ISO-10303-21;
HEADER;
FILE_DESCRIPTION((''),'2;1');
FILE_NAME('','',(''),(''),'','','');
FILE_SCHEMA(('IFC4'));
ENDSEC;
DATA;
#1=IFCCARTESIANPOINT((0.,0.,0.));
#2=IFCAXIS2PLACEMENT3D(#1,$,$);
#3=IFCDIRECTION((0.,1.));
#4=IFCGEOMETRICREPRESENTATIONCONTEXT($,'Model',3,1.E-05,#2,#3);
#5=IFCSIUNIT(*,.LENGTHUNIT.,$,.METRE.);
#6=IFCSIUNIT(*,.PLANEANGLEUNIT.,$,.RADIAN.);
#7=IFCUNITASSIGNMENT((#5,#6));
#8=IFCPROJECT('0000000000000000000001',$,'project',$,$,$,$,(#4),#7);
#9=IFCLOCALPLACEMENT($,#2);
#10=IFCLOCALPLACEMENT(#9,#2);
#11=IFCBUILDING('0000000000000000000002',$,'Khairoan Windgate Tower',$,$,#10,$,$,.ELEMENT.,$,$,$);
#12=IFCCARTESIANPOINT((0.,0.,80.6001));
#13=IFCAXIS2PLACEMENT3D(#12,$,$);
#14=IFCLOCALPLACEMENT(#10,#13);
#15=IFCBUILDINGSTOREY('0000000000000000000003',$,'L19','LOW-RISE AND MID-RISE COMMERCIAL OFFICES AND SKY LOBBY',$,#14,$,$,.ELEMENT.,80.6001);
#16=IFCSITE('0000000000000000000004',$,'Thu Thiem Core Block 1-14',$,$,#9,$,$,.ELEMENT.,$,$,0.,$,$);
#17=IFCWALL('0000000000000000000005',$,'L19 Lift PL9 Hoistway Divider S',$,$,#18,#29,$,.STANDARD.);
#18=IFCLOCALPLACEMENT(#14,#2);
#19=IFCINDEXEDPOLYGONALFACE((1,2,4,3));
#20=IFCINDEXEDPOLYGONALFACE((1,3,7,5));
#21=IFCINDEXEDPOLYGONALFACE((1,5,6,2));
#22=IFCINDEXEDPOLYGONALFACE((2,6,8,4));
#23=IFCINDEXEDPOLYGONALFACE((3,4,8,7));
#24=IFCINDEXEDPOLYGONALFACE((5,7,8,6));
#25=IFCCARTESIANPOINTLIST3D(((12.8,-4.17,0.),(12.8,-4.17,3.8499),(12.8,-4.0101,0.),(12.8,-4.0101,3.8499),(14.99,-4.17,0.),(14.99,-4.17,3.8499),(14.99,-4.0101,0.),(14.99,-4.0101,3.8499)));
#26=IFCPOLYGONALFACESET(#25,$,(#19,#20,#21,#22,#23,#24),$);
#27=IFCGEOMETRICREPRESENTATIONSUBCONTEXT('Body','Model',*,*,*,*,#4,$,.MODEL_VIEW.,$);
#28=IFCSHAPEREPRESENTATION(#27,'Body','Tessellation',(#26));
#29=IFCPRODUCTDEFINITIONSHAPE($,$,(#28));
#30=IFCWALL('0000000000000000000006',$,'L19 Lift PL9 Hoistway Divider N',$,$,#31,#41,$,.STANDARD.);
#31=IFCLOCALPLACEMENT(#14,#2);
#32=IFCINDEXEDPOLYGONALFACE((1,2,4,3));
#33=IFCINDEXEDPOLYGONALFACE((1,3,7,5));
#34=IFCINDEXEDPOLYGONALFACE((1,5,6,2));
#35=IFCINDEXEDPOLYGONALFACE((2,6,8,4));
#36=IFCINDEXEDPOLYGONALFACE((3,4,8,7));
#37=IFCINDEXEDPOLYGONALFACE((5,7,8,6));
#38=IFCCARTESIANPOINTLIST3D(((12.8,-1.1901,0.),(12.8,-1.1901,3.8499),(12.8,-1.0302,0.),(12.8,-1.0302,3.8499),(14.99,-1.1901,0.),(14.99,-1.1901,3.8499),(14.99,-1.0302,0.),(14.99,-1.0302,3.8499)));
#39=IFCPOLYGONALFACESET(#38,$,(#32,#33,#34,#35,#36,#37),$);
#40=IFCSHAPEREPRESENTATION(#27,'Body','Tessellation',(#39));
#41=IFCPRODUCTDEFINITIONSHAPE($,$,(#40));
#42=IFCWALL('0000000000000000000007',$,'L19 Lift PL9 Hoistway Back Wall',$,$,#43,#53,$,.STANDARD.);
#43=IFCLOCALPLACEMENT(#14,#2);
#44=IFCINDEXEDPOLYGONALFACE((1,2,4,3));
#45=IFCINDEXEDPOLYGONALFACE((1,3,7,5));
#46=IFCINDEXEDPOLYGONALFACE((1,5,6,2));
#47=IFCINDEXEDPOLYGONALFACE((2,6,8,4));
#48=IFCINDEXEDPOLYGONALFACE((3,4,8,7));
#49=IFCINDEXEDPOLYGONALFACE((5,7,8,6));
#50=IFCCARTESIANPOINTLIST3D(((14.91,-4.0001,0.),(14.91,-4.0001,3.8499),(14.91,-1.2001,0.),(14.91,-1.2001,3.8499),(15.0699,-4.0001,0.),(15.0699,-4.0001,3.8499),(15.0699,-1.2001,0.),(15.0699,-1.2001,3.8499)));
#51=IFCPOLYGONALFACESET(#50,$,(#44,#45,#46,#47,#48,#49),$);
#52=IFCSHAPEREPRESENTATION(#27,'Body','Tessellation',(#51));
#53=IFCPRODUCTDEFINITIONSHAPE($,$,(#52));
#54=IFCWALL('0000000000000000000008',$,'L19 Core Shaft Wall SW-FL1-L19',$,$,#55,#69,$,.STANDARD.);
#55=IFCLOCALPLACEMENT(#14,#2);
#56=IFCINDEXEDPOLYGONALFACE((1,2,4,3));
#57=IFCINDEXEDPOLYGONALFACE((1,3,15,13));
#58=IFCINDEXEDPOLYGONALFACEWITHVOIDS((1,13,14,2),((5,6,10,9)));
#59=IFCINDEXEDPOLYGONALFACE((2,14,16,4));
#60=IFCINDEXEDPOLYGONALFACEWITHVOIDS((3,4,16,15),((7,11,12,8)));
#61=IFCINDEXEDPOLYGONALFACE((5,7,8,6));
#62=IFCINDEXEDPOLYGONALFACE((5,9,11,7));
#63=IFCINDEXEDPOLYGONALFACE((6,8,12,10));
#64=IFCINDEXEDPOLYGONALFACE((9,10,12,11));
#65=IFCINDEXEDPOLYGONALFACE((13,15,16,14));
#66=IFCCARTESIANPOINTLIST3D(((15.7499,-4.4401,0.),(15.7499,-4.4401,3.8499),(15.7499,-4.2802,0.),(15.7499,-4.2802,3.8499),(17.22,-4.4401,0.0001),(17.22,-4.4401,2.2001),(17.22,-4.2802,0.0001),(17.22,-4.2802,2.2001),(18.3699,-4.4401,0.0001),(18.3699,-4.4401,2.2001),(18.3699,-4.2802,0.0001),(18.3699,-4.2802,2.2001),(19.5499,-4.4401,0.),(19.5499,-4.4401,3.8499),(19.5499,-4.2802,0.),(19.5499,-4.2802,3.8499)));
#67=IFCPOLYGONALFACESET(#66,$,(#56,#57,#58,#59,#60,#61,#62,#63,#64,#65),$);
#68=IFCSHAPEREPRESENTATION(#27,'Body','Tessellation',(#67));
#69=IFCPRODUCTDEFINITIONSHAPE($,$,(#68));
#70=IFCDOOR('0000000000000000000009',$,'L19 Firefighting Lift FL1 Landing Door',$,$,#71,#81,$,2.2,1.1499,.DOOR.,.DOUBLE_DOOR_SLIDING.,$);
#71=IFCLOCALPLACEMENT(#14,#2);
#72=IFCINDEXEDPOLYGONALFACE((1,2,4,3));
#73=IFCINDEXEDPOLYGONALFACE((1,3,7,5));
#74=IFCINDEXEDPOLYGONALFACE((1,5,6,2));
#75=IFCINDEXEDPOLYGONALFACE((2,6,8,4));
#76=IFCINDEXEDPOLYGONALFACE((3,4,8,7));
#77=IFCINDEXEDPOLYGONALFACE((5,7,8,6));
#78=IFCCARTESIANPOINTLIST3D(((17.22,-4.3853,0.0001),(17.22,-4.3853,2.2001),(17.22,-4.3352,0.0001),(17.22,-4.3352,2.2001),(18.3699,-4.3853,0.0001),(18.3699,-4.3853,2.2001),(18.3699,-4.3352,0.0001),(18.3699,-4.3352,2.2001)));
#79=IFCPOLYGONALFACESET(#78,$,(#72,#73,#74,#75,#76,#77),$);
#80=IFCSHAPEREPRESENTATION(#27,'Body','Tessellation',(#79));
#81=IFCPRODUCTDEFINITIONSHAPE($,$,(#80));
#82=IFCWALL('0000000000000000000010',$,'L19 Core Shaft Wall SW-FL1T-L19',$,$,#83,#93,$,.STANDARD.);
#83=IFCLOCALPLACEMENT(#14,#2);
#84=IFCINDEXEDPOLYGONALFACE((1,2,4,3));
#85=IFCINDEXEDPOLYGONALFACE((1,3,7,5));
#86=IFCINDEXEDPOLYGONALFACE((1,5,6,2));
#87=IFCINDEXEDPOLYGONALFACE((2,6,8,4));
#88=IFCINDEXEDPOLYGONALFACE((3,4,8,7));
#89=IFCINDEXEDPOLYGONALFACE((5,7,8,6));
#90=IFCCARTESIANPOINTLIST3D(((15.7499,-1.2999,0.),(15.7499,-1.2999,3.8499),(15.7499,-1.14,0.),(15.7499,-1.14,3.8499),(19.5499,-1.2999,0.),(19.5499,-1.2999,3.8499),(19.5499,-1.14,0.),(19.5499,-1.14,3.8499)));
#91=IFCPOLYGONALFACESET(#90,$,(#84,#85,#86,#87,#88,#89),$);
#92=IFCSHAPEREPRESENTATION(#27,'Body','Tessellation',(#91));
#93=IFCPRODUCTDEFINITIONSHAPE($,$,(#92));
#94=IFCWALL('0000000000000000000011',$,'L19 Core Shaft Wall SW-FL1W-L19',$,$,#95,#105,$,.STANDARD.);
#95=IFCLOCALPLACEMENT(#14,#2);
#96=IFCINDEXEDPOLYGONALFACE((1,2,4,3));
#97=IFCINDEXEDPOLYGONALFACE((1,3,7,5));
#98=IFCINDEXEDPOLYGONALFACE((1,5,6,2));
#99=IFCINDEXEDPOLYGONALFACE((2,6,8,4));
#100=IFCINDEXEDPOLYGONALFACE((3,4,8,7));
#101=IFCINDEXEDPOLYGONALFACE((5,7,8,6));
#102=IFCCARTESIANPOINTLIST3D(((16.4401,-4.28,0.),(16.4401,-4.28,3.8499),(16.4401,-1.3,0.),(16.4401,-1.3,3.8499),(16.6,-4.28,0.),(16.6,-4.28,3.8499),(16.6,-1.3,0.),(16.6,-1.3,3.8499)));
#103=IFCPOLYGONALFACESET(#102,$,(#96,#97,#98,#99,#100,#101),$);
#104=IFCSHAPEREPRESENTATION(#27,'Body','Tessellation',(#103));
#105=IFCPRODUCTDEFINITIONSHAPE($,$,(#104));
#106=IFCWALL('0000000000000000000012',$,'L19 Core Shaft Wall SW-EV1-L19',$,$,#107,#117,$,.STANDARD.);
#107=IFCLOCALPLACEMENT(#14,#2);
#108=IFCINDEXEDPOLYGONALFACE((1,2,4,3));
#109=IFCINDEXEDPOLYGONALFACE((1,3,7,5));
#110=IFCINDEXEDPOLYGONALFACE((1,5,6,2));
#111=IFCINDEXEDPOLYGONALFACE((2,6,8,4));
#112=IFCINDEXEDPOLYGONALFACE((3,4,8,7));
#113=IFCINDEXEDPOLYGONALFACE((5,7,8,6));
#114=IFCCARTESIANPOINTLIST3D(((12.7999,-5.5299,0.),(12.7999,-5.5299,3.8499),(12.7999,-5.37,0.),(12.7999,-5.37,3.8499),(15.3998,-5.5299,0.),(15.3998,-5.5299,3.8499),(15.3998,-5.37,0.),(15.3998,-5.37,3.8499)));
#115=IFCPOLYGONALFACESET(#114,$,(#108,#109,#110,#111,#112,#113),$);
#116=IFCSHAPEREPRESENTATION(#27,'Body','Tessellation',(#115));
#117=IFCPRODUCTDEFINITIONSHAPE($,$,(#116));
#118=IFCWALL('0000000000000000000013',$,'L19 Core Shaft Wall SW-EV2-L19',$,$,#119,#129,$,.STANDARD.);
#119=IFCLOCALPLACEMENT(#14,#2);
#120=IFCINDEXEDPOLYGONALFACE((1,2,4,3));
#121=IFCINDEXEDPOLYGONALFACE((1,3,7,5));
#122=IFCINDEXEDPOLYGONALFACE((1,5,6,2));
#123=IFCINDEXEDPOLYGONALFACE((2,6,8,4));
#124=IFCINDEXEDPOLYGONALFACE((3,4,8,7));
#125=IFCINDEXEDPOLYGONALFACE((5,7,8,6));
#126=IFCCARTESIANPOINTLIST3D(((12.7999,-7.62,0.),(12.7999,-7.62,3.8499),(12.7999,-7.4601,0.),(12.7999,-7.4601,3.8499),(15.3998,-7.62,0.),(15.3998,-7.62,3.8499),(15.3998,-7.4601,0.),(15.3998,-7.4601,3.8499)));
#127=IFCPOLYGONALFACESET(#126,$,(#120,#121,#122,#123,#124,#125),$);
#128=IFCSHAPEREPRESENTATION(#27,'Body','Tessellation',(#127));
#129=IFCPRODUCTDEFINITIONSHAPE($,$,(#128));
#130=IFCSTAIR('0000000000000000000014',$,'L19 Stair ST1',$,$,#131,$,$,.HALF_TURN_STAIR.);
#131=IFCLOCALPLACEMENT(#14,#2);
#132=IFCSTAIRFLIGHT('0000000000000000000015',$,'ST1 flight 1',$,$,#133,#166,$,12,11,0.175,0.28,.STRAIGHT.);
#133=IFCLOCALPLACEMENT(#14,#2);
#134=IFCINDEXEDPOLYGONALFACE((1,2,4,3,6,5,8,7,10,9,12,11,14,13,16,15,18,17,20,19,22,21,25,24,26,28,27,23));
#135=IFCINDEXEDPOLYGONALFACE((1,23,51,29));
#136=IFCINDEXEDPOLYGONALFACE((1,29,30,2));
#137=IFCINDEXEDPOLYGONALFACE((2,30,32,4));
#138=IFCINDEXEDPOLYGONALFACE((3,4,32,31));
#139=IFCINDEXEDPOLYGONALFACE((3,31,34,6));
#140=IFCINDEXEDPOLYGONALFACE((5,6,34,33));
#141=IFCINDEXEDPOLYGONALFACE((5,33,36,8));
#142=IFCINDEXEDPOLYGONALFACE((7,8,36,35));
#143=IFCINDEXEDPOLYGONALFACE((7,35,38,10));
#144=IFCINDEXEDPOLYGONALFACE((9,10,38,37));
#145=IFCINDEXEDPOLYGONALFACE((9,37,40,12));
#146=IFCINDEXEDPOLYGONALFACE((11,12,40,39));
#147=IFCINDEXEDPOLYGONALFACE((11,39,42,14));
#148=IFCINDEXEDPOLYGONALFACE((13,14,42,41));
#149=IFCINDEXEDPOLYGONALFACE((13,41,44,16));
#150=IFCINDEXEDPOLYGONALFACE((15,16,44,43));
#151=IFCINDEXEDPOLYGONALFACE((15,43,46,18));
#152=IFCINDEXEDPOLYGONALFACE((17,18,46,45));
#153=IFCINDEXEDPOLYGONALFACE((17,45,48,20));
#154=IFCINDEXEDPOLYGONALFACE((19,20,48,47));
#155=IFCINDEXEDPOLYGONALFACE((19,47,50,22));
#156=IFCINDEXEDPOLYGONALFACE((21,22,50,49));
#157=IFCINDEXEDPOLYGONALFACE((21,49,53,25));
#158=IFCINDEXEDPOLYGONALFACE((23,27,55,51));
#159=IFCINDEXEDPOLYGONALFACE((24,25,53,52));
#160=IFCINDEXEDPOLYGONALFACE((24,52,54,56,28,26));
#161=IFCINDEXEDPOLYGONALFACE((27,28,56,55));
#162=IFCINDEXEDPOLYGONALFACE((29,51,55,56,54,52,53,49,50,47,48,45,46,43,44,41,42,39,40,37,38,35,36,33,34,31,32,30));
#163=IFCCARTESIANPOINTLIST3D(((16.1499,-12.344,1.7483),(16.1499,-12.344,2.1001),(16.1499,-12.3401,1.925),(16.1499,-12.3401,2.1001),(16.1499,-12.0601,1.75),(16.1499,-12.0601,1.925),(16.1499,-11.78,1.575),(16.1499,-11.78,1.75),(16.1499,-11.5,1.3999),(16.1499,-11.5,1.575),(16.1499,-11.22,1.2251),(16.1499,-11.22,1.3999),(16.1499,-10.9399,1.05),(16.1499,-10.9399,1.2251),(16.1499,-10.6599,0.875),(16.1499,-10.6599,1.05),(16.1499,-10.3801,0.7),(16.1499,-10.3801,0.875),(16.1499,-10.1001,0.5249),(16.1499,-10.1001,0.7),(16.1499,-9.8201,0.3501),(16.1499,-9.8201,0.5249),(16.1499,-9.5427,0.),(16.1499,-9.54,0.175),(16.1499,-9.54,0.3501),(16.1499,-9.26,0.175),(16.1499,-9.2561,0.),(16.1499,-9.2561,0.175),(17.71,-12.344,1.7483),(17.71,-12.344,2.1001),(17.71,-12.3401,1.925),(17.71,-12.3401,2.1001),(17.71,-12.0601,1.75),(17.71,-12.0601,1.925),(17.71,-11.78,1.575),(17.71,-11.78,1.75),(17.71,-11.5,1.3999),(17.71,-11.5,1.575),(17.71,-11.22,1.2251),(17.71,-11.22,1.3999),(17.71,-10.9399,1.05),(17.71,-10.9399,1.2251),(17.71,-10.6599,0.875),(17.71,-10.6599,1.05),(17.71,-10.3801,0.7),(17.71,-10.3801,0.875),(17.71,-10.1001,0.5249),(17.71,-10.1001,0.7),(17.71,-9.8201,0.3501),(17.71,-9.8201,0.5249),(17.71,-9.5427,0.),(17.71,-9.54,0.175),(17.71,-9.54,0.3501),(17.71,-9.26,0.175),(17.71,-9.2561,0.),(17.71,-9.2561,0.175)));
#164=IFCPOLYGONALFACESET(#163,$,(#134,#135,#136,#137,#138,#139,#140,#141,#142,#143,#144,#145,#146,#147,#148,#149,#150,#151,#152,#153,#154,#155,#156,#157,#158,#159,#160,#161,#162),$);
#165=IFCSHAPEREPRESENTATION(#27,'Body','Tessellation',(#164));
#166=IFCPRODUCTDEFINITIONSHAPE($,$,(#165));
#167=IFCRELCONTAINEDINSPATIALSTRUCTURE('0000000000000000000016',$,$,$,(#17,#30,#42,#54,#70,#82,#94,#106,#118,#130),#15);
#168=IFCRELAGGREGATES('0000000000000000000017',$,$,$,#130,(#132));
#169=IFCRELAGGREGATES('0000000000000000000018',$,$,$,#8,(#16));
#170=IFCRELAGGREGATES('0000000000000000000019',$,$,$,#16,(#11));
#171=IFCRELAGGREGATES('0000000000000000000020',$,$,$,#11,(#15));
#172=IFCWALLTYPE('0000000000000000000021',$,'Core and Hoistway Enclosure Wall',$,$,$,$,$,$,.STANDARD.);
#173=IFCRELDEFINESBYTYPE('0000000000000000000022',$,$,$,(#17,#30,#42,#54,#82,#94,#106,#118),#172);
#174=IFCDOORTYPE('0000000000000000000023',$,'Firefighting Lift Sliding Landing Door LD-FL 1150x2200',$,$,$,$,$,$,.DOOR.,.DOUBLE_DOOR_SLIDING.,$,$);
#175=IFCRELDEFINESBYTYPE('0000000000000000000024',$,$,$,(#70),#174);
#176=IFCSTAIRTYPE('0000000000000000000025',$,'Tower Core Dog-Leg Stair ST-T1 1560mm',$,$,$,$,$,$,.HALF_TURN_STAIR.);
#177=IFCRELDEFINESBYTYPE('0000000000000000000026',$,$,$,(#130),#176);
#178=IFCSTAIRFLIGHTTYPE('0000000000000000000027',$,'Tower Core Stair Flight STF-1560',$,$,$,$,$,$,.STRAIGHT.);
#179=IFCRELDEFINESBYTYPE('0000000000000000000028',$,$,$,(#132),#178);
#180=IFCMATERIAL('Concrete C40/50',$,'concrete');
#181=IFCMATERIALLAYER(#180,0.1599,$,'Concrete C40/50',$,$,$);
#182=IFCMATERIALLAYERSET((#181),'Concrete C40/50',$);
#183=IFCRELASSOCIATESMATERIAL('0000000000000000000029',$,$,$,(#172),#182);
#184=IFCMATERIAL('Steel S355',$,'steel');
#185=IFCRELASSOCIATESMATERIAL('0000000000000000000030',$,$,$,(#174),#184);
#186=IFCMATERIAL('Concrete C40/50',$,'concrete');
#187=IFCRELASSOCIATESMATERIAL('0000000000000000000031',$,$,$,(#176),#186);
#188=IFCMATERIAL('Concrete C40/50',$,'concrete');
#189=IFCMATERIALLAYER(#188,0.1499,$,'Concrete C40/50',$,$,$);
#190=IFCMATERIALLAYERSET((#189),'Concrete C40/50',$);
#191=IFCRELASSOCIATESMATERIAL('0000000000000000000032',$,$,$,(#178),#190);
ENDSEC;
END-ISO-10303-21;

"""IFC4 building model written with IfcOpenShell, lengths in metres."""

from ifc_helpers import new_model, si_unit, direction, frame, frame_2d, origin, place, context, subcontext, project, spatial, polyline, rectangle, outline, extrude, material, layer, layer_set, type_object, element, fill, aggregate, save


model = new_model("IFC4")

# Units and contexts
model_context = context("Model", 3, precision=1e-05, world=origin(), true_north=direction((0.0, 1.0)))
body_context = subcontext(model_context, "Body", "Model", "MODEL_VIEW")
ifc_project = project(units=[si_unit("LENGTHUNIT", "METRE"), si_unit("PLANEANGLEUNIT", "RADIAN")], contexts=[model_context])

# Site, building, storey
site_placement = place(None, origin())
site = spatial("IfcSite", under=ifc_project, at=site_placement, Name="Thu Thiem Core Block 1-14", CompositionType="ELEMENT", RefElevation=0.0)
building_placement = place(site_placement, origin())
building = spatial("IfcBuilding", under=site, at=building_placement, Name="Khairoan Windgate Tower", CompositionType="ELEMENT")
storey_placement = place(building_placement, frame((0.0, 0.0, 80.6001)))
storey = spatial("IfcBuildingStorey", under=building, at=storey_placement, Name="L19", Description="LOW-RISE AND MID-RISE COMMERCIAL OFFICES AND SKY LOBBY", CompositionType="ELEMENT", Elevation=80.6001)

# Walls
ifc_material_1 = material(Name="Concrete C40/50", Category="concrete")
ifc_layer_1 = layer(ifc_material_1, 0.1599, Name="Concrete C40/50")
ifc_layer_set_1 = layer_set([ifc_layer_1], Name="Concrete C40/50")
wall_type = type_object("IfcWallType", Name="Core and Hoistway Enclosure Wall", PredefinedType="STANDARD", material=ifc_layer_set_1)
for number, where, z_axis, x_axis, name in (
    (1, (12.8, -4.0901, 0.0), (0.0, 0.0, 1.0), (1.0, 0.0, 0.0), "L19 Lift PL9 Hoistway Divider S"),
    (2, (12.8, -1.1101, 0.0), (0.0, 0.0, 1.0), (1.0, 0.0, 0.0), "L19 Lift PL9 Hoistway Divider N"),
):
    element("IfcWall", number, at=place(storey_placement, frame(where, z_axis=z_axis, x_axis=x_axis)), inside=storey, type_object=wall_type, Name=name, PredefinedType="STANDARD", context=body_context, shape_type="SweptSolid", body=[
        extrude(rectangle(XDim=2.1899, YDim=0.1599, at=frame_2d((1.095, 0.0))), origin(), (0.0, 0.0, 1.0), 3.8499),
    ])
wall_1_placement = place(storey_placement, frame((14.99, -4.0, 0.0), z_axis=(0.0, 0.0, 1.0), x_axis=(0.0, 1.0, 0.0)))
element("IfcWall", 3, at=wall_1_placement, inside=storey, type_object=wall_type, Name="L19 Lift PL9 Hoistway Back Wall", PredefinedType="STANDARD", context=body_context, shape_type="SweptSolid", body=[
    extrude(rectangle(XDim=2.8, YDim=0.1599, at=frame_2d((1.3999, 0.0))), origin(), (0.0, 0.0, 1.0), 3.8499),
])

# Wall, opening, door
wall_2_placement = place(storey_placement, frame((15.75, -4.3601, 0.0), z_axis=(0.0, 0.0, 1.0), x_axis=(1.0, 0.0, 0.0)))
wall_2 = element("IfcWall", 4, at=wall_2_placement, inside=storey, type_object=wall_type, Name="L19 Core Shaft Wall SW-FL1-L19", PredefinedType="STANDARD", context=body_context, shape_type="SweptSolid", body=[
    extrude(rectangle(XDim=3.8, YDim=0.1599, at=frame_2d((1.8999, 0.0))), origin(), (0.0, 0.0, 1.0), 3.8499),
])
opening_placement = place(wall_2_placement, frame((1.47, 0.0, 0.0)))
opening = element("IfcOpeningElement", 5, at=opening_placement, cuts=wall_2, PredefinedType="OPENING", context=body_context, shape_type="SweptSolid", body=[
    extrude(rectangle(XDim=1.1499, YDim=2.2, at=frame_2d((0.575, 1.1001))), frame((0.0, 0.0898, 0.0), z_axis=(0.0, -1.0, 0.0), x_axis=(1.0, 0.0, 0.0)), (0.0, 0.0, 1.0), 0.1799),
])
ifc_material_2 = material(Name="Steel S355", Category="steel")
door_type = type_object("IfcDoorType", Name="Firefighting Lift Sliding Landing Door LD-FL 1150x2200", OperationType="DOUBLE_DOOR_SLIDING", PredefinedType="DOOR", material=ifc_material_2)
door_placement = place(opening_placement, origin())
door = element("IfcDoor", 6, at=door_placement, inside=storey, type_object=door_type, Name="L19 Firefighting Lift FL1 Landing Door", OperationType="DOUBLE_DOOR_SLIDING", OverallHeight=2.2, OverallWidth=1.1499, PredefinedType="DOOR", context=body_context, shape_type="SweptSolid", body=[
    extrude(rectangle(XDim=1.1499, YDim=2.2, at=frame_2d((0.575, 1.1001))), frame((0.0, 0.0249, 0.0), z_axis=(0.0, -1.0, 0.0), x_axis=(1.0, 0.0, 0.0)), (0.0, 0.0, 1.0), 0.05),
])
fill(opening, door)

# Walls
wall_3_placement = place(storey_placement, frame((15.75, -1.22, 0.0), z_axis=(0.0, 0.0, 1.0), x_axis=(1.0, 0.0, 0.0)))
element("IfcWall", 7, at=wall_3_placement, inside=storey, type_object=wall_type, Name="L19 Core Shaft Wall SW-FL1T-L19", PredefinedType="STANDARD", context=body_context, shape_type="SweptSolid", body=[
    extrude(rectangle(XDim=3.8, YDim=0.1599, at=frame_2d((1.8999, 0.0))), origin(), (0.0, 0.0, 1.0), 3.8499),
])
wall_4_placement = place(storey_placement, frame((16.52, -4.28, 0.0), z_axis=(0.0, 0.0, 1.0), x_axis=(0.0, 1.0, 0.0)))
element("IfcWall", 8, at=wall_4_placement, inside=storey, type_object=wall_type, Name="L19 Core Shaft Wall SW-FL1W-L19", PredefinedType="STANDARD", context=body_context, shape_type="SweptSolid", body=[
    extrude(rectangle(XDim=2.98, YDim=0.1599, at=frame_2d((1.49, 0.0))), origin(), (0.0, 0.0, 1.0), 3.8499),
])
for number, where, z_axis, x_axis, name in (
    (9, (12.8, -5.45, 0.0), (0.0, 0.0, 1.0), (1.0, 0.0, 0.0), "L19 Core Shaft Wall SW-EV1-L19"),
    (10, (12.8, -7.54, 0.0), (0.0, 0.0, 1.0), (1.0, 0.0, 0.0), "L19 Core Shaft Wall SW-EV2-L19"),
):
    element("IfcWall", number, at=place(storey_placement, frame(where, z_axis=z_axis, x_axis=x_axis)), inside=storey, type_object=wall_type, Name=name, PredefinedType="STANDARD", context=body_context, shape_type="SweptSolid", body=[
        extrude(rectangle(XDim=2.5999, YDim=0.1599, at=frame_2d((1.2998, 0.0))), origin(), (0.0, 0.0, 1.0), 3.8499),
    ])

# Stair, stair flight
ifc_material_3 = material(Name="Concrete C40/50", Category="concrete")
stair_type = type_object("IfcStairType", Name="Tower Core Dog-Leg Stair ST-T1 1560mm", PredefinedType="HALF_TURN_STAIR", material=ifc_material_3)
stair_placement = place(storey_placement, origin())
stair = element("IfcStair", 11, at=stair_placement, inside=storey, type_object=stair_type, Name="L19 Stair ST1", PredefinedType="HALF_TURN_STAIR")
ifc_material_4 = material(Name="Concrete C40/50", Category="concrete")
ifc_layer_2 = layer(ifc_material_4, 0.1499, Name="Concrete C40/50")
ifc_layer_set_2 = layer_set([ifc_layer_2], Name="Concrete C40/50")
stair_flight_type = type_object("IfcStairFlightType", Name="Tower Core Stair Flight STF-1560", PredefinedType="STRAIGHT", material=ifc_layer_set_2)
stair_flight_placement = place(storey_placement, frame((16.9299, -9.26, 0.0), z_axis=(0.0, 0.0, 1.0), x_axis=(0.0, -1.0, 0.0)))
stair_flight = element("IfcStairFlight", 12, at=stair_flight_placement, type_object=stair_flight_type, Name="ST1 flight 1", NumberOfRisers=12, NumberOfTreads=11, PredefinedType="STRAIGHT", RiserHeight=0.175, TreadLength=0.28, context=body_context, shape_type="SweptSolid", body=[
    extrude(outline(polyline([(-0.0039, 0.0), (-0.0039, 0.175), (0.0, 0.175), (0.28, 0.175), (0.28, 0.3501), (0.5601, 0.3501), (0.5601, 0.5249), (0.8401, 0.5249), (0.8401, 0.7), (1.1201, 0.7), (1.1201, 0.875), (1.3999, 0.875), (1.3999, 1.05), (1.6799, 1.05), (1.6799, 1.2251), (1.96, 1.2251), (1.96, 1.3999), (2.24, 1.3999), (2.24, 1.575), (2.52, 1.575), (2.52, 1.75), (2.8, 1.75), (2.8, 1.925), (3.0801, 1.925), (3.0801, 2.1001), (3.084, 2.1001), (3.084, 1.7483), (0.2827, 0.0), (-0.0039, 0.0)])), frame((0.0, 0.78, 0.0), z_axis=(0.0, -1.0, 0.0), x_axis=(1.0, 0.0, 0.0)), (0.0, 0.0, 1.0), 1.5601),
])
aggregate(stair, [stair_flight])

save(model, "model.ifc")
